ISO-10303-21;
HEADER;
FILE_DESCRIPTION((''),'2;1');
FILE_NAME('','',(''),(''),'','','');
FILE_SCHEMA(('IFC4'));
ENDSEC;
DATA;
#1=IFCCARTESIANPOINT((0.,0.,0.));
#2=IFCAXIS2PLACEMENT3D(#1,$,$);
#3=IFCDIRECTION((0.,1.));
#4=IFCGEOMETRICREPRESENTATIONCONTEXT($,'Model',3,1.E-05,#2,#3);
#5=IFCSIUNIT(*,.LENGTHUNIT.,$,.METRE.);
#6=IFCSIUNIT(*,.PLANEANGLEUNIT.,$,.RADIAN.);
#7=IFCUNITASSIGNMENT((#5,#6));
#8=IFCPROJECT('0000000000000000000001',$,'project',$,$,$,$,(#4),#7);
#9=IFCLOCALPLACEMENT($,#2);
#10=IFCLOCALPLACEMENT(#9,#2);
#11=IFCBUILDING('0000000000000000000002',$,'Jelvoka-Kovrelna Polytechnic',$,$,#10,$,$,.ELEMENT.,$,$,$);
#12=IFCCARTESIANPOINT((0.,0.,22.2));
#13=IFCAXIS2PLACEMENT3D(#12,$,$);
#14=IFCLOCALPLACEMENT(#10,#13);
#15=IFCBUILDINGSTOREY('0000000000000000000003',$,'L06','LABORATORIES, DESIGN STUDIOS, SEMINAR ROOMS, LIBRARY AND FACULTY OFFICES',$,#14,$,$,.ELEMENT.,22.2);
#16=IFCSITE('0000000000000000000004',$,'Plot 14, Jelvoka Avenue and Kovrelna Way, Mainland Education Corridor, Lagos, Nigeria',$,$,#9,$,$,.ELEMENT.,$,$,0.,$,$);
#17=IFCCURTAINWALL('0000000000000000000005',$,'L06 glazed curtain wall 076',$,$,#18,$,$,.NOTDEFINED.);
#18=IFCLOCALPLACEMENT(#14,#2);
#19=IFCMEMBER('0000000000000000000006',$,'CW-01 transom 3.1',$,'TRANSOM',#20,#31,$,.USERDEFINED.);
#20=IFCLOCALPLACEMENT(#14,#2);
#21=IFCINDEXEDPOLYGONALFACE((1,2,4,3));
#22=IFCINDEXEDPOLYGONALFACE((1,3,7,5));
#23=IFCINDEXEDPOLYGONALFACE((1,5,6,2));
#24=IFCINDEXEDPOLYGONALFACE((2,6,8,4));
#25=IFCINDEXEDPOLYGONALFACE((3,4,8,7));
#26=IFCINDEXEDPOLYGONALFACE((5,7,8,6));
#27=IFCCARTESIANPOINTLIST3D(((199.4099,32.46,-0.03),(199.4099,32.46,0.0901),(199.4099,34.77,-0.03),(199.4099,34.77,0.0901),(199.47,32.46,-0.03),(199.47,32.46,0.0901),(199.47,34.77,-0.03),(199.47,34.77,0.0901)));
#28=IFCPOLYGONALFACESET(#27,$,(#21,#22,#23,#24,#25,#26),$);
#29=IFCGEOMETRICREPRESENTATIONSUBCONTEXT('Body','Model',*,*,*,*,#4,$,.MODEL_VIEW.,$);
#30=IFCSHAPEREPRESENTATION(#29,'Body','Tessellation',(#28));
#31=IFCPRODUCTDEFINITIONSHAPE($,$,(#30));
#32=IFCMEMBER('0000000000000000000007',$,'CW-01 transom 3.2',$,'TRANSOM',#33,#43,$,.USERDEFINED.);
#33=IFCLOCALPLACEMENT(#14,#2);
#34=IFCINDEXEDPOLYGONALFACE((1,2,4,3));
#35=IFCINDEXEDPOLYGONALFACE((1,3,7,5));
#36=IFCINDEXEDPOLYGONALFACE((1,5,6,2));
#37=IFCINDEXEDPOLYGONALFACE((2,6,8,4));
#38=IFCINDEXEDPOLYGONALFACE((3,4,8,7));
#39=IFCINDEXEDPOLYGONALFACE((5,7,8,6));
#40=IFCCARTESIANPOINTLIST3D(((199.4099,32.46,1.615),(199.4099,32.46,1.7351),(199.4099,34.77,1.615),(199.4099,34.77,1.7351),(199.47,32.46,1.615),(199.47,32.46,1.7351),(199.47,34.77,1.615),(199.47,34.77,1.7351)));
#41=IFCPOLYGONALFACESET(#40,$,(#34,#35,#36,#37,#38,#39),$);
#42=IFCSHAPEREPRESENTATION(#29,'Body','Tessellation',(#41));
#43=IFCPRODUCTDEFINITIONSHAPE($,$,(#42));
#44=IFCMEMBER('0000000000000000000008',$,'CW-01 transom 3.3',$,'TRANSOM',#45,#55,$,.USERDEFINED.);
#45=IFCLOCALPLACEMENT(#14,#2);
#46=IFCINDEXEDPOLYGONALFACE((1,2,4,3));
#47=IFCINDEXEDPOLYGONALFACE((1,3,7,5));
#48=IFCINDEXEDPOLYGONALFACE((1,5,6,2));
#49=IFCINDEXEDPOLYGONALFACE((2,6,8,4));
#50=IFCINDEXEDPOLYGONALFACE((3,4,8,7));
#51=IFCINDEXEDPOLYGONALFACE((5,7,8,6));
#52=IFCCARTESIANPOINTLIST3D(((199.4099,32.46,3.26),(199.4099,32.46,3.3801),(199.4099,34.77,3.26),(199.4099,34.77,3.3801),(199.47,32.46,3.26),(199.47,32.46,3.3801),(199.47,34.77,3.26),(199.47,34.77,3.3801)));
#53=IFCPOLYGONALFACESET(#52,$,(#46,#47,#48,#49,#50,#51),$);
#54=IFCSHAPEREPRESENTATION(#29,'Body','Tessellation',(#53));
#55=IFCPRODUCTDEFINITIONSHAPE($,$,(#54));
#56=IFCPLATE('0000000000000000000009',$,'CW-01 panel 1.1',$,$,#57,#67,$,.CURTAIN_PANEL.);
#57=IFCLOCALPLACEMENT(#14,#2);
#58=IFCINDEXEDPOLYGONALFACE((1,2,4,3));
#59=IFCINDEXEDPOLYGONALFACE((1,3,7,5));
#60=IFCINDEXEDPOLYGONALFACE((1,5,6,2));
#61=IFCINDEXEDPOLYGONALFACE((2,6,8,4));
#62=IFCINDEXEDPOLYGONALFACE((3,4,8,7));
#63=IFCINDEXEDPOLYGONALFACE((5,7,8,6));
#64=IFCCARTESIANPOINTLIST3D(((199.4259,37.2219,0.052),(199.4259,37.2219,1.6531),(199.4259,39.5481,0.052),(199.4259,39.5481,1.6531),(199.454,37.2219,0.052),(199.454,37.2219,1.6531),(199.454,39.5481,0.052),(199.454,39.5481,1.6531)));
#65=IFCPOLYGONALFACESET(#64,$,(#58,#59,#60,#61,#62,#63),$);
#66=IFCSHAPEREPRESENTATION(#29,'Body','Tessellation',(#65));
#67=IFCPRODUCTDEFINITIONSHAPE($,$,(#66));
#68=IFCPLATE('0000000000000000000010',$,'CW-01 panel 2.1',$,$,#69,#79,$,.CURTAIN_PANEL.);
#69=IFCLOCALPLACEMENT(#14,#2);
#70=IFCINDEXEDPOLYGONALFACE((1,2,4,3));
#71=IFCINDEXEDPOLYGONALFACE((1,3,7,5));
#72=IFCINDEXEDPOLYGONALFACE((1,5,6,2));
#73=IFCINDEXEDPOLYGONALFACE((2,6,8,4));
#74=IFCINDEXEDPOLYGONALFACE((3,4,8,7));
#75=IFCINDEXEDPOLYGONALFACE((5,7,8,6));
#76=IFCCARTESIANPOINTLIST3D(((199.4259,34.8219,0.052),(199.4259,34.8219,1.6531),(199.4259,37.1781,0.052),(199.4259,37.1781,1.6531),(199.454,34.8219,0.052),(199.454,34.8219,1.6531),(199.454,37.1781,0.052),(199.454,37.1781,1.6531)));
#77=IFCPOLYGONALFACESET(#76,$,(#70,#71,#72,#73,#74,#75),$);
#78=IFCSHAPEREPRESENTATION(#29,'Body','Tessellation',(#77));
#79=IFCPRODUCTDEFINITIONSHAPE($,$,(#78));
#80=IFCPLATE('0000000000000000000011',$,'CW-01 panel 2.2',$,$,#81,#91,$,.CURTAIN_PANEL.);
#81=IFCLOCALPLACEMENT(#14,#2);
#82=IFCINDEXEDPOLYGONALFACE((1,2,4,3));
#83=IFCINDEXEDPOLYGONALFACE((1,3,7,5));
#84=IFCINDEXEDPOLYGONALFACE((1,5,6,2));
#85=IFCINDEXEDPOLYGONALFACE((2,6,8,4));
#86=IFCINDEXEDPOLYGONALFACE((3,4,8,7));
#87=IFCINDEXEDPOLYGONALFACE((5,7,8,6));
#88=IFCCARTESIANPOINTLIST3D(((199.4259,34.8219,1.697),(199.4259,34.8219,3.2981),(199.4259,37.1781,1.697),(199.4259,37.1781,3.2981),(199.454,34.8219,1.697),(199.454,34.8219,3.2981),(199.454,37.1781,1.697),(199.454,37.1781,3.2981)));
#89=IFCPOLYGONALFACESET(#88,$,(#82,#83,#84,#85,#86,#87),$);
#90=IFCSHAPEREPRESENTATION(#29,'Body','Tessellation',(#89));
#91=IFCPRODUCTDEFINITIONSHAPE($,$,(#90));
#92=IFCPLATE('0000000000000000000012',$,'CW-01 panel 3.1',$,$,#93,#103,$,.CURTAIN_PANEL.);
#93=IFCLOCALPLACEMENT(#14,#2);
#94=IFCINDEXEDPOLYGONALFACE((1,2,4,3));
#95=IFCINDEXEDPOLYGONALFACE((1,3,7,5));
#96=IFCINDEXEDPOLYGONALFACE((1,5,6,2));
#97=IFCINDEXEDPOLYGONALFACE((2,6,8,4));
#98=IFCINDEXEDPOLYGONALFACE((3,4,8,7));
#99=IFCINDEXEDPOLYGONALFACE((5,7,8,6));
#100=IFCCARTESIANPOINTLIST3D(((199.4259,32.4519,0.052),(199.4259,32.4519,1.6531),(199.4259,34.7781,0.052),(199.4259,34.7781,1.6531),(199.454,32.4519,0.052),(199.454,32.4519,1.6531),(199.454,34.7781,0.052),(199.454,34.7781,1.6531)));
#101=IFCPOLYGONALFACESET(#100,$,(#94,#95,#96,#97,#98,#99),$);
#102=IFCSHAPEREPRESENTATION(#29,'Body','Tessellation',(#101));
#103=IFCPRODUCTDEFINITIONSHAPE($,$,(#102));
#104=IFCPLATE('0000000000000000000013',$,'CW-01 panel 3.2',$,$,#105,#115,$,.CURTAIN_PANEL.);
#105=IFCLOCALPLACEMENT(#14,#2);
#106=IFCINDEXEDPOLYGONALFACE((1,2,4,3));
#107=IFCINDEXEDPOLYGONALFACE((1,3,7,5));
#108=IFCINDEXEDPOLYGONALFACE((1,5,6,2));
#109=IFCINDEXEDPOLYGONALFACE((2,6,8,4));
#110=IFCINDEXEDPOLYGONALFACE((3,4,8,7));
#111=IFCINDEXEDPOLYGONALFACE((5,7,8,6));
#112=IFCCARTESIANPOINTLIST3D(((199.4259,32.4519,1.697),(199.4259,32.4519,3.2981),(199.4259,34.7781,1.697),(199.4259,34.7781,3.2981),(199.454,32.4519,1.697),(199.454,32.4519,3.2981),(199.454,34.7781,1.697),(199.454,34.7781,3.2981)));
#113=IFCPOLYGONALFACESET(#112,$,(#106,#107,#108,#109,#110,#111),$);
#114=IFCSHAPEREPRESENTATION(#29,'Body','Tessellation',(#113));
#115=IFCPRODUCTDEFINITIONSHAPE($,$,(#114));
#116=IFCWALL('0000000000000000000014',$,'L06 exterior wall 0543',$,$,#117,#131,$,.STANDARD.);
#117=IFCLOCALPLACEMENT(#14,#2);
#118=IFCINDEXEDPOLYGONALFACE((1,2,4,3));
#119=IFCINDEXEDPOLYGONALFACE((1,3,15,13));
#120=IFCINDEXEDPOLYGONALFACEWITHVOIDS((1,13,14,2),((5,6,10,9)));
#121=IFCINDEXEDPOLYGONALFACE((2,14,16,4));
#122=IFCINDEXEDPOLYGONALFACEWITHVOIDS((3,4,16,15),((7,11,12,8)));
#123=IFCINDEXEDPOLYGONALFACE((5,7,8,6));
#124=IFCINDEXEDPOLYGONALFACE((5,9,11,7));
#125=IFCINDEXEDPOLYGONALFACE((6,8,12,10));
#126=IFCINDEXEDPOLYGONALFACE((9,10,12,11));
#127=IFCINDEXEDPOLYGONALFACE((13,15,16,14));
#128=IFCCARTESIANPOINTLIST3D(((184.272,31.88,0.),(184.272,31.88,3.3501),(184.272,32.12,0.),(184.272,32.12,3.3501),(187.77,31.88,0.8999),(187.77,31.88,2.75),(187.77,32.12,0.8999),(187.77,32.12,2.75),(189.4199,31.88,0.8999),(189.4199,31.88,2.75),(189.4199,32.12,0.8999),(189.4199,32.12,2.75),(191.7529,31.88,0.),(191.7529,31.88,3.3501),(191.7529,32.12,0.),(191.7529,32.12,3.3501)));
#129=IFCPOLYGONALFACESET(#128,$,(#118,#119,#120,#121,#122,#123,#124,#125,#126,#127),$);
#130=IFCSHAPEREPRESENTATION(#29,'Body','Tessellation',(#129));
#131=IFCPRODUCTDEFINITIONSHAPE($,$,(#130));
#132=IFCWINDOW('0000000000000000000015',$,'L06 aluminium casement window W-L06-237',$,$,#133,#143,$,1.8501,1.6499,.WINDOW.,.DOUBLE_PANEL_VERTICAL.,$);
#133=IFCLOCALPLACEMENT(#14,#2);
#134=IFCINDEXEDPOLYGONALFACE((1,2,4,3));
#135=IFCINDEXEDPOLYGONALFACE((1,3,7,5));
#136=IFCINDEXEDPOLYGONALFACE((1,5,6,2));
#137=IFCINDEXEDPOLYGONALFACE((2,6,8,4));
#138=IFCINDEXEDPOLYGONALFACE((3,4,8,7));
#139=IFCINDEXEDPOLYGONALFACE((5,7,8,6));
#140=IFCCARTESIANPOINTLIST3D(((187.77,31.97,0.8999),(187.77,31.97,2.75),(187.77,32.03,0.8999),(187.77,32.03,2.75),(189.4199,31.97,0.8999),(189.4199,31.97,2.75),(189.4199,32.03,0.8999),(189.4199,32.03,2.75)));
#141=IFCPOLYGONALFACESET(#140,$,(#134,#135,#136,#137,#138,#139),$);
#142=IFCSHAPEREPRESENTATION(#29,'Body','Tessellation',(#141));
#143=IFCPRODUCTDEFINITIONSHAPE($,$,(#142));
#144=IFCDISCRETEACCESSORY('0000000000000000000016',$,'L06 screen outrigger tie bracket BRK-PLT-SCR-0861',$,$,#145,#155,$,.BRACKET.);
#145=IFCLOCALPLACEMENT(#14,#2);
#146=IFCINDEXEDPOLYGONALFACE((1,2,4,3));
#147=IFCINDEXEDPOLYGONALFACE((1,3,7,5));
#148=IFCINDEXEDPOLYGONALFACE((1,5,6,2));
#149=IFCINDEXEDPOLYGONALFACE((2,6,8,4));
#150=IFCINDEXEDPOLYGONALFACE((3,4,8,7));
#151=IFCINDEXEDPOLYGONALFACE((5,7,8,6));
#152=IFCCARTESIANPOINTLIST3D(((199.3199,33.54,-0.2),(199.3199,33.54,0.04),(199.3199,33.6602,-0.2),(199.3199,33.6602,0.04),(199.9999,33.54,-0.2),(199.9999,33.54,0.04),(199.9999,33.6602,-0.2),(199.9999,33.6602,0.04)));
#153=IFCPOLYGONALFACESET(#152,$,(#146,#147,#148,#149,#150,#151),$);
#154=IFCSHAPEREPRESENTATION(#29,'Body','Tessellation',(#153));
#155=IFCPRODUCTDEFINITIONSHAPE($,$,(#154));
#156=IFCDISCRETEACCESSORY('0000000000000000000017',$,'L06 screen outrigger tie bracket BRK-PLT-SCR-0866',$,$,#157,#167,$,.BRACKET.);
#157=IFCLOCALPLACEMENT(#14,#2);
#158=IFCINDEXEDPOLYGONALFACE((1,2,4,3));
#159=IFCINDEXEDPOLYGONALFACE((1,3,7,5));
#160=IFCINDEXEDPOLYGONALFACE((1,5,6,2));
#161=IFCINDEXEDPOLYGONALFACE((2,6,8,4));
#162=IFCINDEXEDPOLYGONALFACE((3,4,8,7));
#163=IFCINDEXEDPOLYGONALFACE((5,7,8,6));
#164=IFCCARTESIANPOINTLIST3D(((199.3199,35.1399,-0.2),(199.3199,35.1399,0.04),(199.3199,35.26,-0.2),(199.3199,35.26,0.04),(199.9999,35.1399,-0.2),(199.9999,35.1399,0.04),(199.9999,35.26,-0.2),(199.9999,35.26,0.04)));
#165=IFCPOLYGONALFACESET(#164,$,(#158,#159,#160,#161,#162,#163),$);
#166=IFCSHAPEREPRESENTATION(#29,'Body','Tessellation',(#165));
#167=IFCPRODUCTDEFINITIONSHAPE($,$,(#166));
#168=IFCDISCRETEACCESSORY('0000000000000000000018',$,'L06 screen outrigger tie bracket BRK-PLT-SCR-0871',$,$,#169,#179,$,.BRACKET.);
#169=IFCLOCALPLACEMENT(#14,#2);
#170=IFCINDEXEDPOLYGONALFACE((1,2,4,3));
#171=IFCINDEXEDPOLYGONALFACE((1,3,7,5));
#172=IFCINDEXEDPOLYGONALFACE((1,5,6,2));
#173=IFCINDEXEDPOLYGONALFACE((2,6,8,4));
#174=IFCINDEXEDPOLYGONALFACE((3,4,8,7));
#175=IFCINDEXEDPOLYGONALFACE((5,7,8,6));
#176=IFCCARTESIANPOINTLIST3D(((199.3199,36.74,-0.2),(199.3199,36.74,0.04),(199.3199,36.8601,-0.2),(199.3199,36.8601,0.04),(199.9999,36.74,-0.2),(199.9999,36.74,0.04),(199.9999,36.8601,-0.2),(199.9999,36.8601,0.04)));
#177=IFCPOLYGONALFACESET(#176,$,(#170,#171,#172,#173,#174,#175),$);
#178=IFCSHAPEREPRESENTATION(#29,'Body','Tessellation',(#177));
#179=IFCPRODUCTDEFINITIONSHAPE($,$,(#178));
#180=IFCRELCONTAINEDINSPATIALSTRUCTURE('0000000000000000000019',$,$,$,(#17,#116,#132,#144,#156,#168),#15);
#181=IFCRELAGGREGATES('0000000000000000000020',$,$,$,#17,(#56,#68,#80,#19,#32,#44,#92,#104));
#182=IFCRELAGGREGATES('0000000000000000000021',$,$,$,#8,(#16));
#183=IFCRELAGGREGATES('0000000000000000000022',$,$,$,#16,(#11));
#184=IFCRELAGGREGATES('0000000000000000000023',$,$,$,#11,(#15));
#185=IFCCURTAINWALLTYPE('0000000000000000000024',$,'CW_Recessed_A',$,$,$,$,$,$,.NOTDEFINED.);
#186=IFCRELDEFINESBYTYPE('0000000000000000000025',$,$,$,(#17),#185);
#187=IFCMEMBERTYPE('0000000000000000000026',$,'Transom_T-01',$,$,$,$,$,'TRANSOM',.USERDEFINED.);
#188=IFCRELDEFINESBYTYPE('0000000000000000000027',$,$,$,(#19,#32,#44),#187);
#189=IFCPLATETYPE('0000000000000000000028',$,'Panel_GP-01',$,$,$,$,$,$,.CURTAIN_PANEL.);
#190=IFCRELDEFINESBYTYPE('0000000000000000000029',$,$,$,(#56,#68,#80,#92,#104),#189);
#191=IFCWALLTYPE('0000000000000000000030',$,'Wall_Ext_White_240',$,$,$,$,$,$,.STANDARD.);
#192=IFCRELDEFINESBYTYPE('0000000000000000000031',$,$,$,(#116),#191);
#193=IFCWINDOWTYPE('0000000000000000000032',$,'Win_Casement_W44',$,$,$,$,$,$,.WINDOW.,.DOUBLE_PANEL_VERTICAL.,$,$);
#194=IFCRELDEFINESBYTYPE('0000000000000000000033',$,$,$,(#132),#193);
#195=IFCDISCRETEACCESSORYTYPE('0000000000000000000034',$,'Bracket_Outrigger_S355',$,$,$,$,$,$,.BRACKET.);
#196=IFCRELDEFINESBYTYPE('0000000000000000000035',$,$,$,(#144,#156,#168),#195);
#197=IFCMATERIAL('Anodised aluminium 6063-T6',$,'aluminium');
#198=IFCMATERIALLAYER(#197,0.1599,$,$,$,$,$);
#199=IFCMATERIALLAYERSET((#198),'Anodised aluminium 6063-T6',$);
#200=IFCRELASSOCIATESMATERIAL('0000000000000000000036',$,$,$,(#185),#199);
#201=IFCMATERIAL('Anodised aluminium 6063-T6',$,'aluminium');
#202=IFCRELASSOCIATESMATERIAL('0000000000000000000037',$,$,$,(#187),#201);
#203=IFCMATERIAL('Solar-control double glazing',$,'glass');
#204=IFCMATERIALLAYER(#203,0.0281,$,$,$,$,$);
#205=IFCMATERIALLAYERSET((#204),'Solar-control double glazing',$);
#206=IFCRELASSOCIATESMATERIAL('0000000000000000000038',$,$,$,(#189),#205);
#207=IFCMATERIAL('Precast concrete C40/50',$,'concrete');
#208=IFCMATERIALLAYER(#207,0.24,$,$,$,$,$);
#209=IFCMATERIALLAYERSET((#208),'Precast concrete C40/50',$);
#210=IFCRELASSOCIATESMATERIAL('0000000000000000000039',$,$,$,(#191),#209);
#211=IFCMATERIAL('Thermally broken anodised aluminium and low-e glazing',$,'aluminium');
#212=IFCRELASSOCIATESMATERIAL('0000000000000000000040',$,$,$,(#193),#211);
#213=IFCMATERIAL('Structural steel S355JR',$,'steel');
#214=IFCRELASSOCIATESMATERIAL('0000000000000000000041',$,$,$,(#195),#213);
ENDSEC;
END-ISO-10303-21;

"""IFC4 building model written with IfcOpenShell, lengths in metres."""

from ifc_helpers import new_model, si_unit, direction, frame, frame_2d, origin, origin_2d, place, context, subcontext, project, spatial, rectangle, extrude, material, layer, layer_set, material_profile, profile_set, type_object, element, fill, aggregate, save


model = new_model("IFC4")

# Units and contexts
model_context = context("Model", 3, precision=1e-05, world=origin(), true_north=direction((0.0, 1.0)))
body_context = subcontext(model_context, "Body", "Model", "MODEL_VIEW")
ifc_project = project(units=[si_unit("LENGTHUNIT", "METRE"), si_unit("PLANEANGLEUNIT", "RADIAN")], contexts=[model_context])

# Site, building, storey
site_placement = place(None, origin())
site = spatial("IfcSite", under=ifc_project, at=site_placement, Name="Plot 14, Jelvoka Avenue and Kovrelna Way, Mainland Education Corridor, Lagos, Nigeria", CompositionType="ELEMENT", RefElevation=0.0)
building_placement = place(site_placement, origin())
building = spatial("IfcBuilding", under=site, at=building_placement, Name="Jelvoka-Kovrelna Polytechnic", CompositionType="ELEMENT")
storey_placement = place(building_placement, frame((0.0, 0.0, 22.2)))
storey = spatial("IfcBuildingStorey", under=building, at=storey_placement, Name="L06", Description="LABORATORIES, DESIGN STUDIOS, SEMINAR ROOMS, LIBRARY AND FACULTY OFFICES", CompositionType="ELEMENT", Elevation=22.2)

# Curtain wall
ifc_material_1 = material(Name="Anodised aluminium 6063-T6", Category="aluminium")
ifc_layer_1 = layer(ifc_material_1, 0.1599)
ifc_layer_set_1 = layer_set([ifc_layer_1], Name="Anodised aluminium 6063-T6")
curtain_wall_type = type_object("IfcCurtainWallType", Name="CW_Recessed_A", PredefinedType="NOTDEFINED", material=ifc_layer_set_1)
curtain_wall_placement = place(storey_placement, origin())
curtain_wall = element("IfcCurtainWall", 1, at=curtain_wall_placement, inside=storey, type_object=curtain_wall_type, Name="L06 glazed curtain wall 076", PredefinedType="NOTDEFINED")

# Members
ifc_material_2 = material(Name="Anodised aluminium 6063-T6", Category="aluminium")
ifc_material_profile_1 = material_profile(ifc_material_2, rectangle(XDim=0.0601, YDim=0.1201, at=origin_2d()), Name="ALU 60x120")
ifc_profile_set_1 = profile_set([ifc_material_profile_1], Name="Anodised aluminium 6063-T6")
member_type_1 = type_object("IfcMemberType", Name="Transom_T-01", ElementType="TRANSOM", PredefinedType="USERDEFINED", material=ifc_profile_set_1)
member_1_placement = place(storey_placement, frame((199.4399, 34.77, 0.03), z_axis=(0.0, -1.0, 0.0), x_axis=(1.0, 0.0, 0.0)))
member_1 = element("IfcMember", 2, at=member_1_placement, type_object=member_type_1, Name="CW-01 transom 3.1", ObjectType="TRANSOM", PredefinedType="USERDEFINED", context=body_context, shape_type="SweptSolid", body=[
    extrude(rectangle(XDim=0.0601, YDim=0.1201, at=origin_2d()), origin(), (0.0, 0.0, 1.0), 2.3101),
])
member_2_placement = place(storey_placement, frame((199.4399, 34.77, 1.675), z_axis=(0.0, -1.0, 0.0), x_axis=(1.0, 0.0, 0.0)))
member_2 = element("IfcMember", 3, at=member_2_placement, type_object=member_type_1, Name="CW-01 transom 3.2", ObjectType="TRANSOM", PredefinedType="USERDEFINED", context=body_context, shape_type="SweptSolid", body=[
    extrude(rectangle(XDim=0.0601, YDim=0.1201, at=origin_2d()), origin(), (0.0, 0.0, 1.0), 2.3101),
])
member_3_placement = place(storey_placement, frame((199.4399, 34.77, 3.3201), z_axis=(0.0, -1.0, 0.0), x_axis=(1.0, 0.0, 0.0)))
member_3 = element("IfcMember", 4, at=member_3_placement, type_object=member_type_1, Name="CW-01 transom 3.3", ObjectType="TRANSOM", PredefinedType="USERDEFINED", context=body_context, shape_type="SweptSolid", body=[
    extrude(rectangle(XDim=0.0601, YDim=0.1201, at=origin_2d()), origin(), (0.0, 0.0, 1.0), 2.3101),
])

# Plates
ifc_material_3 = material(Name="Solar-control double glazing", Category="glass")
ifc_layer_2 = layer(ifc_material_3, 0.0281)
ifc_layer_set_2 = layer_set([ifc_layer_2], Name="Solar-control double glazing")
plate_type = type_object("IfcPlateType", Name="Panel_GP-01", PredefinedType="CURTAIN_PANEL", material=ifc_layer_set_2)
plate_1_placement = place(storey_placement, frame((199.4399, 38.385, 0.052), z_axis=(0.0, 0.0, 1.0), x_axis=(0.0, -1.0, 0.0)))
plate_1 = element("IfcPlate", 5, at=plate_1_placement, type_object=plate_type, Name="CW-01 panel 1.1", PredefinedType="CURTAIN_PANEL", context=body_context, shape_type="SweptSolid", body=[
    extrude(rectangle(XDim=2.3262, YDim=0.0281, at=origin_2d()), origin(), (0.0, 0.0, 1.0), 1.6011),
])
plate_2_placement = place(storey_placement, frame((199.4399, 36.0, 0.052), z_axis=(0.0, 0.0, 1.0), x_axis=(0.0, -1.0, 0.0)))
plate_2 = element("IfcPlate", 6, at=plate_2_placement, type_object=plate_type, Name="CW-01 panel 2.1", PredefinedType="CURTAIN_PANEL", context=body_context, shape_type="SweptSolid", body=[
    extrude(rectangle(XDim=2.3562, YDim=0.0281, at=origin_2d()), origin(), (0.0, 0.0, 1.0), 1.6011),
])
plate_3_placement = place(storey_placement, frame((199.4399, 36.0, 1.697), z_axis=(0.0, 0.0, 1.0), x_axis=(0.0, -1.0, 0.0)))
plate_3 = element("IfcPlate", 7, at=plate_3_placement, type_object=plate_type, Name="CW-01 panel 2.2", PredefinedType="CURTAIN_PANEL", context=body_context, shape_type="SweptSolid", body=[
    extrude(rectangle(XDim=2.3562, YDim=0.0281, at=origin_2d()), origin(), (0.0, 0.0, 1.0), 1.6011),
])
plate_4_placement = place(storey_placement, frame((199.4399, 33.615, 0.052), z_axis=(0.0, 0.0, 1.0), x_axis=(0.0, -1.0, 0.0)))
plate_4 = element("IfcPlate", 8, at=plate_4_placement, type_object=plate_type, Name="CW-01 panel 3.1", PredefinedType="CURTAIN_PANEL", context=body_context, shape_type="SweptSolid", body=[
    extrude(rectangle(XDim=2.3262, YDim=0.0281, at=origin_2d()), origin(), (0.0, 0.0, 1.0), 1.6011),
])
plate_5_placement = place(storey_placement, frame((199.4399, 33.615, 1.697), z_axis=(0.0, 0.0, 1.0), x_axis=(0.0, -1.0, 0.0)))
plate_5 = element("IfcPlate", 9, at=plate_5_placement, type_object=plate_type, Name="CW-01 panel 3.2", PredefinedType="CURTAIN_PANEL", context=body_context, shape_type="SweptSolid", body=[
    extrude(rectangle(XDim=2.3262, YDim=0.0281, at=origin_2d()), origin(), (0.0, 0.0, 1.0), 1.6011),
])
aggregate(curtain_wall, [plate_1, plate_2, plate_3, member_1, member_2, member_3, plate_4, plate_5])

# Wall, opening, window
ifc_material_4 = material(Name="Precast concrete C40/50", Category="concrete")
ifc_layer_3 = layer(ifc_material_4, 0.24)
ifc_layer_set_3 = layer_set([ifc_layer_3], Name="Precast concrete C40/50")
wall_type = type_object("IfcWallType", Name="Wall_Ext_White_240", PredefinedType="STANDARD", material=ifc_layer_set_3)
wall_placement = place(storey_placement, frame((191.7529, 32.0, 0.0), z_axis=(0.0, 0.0, 1.0), x_axis=(-1.0, 0.0, 0.0)))
wall = element("IfcWall", 10, at=wall_placement, inside=storey, type_object=wall_type, Name="L06 exterior wall 0543", PredefinedType="STANDARD", context=body_context, shape_type="SweptSolid", body=[
    extrude(rectangle(XDim=7.481, YDim=0.24, at=frame_2d((3.7405, 0.0))), origin(), (0.0, 0.0, 1.0), 3.3501),
])
opening_placement = place(wall_placement, frame((2.333, 0.0, 0.8999)))
opening = element("IfcOpeningElement", 11, at=opening_placement, cuts=wall, PredefinedType="OPENING", context=body_context, shape_type="SweptSolid", body=[
    extrude(rectangle(XDim=1.6499, YDim=1.8501, at=frame_2d((0.825, 0.925))), frame((0.0, 0.1301, 0.0), z_axis=(0.0, -1.0, 0.0), x_axis=(1.0, 0.0, 0.0)), (0.0, 0.0, 1.0), 0.26),
])
ifc_material_5 = material(Name="Thermally broken anodised aluminium and low-e glazing", Category="aluminium")
window_type = type_object("IfcWindowType", Name="Win_Casement_W44", PartitioningType="DOUBLE_PANEL_VERTICAL", PredefinedType="WINDOW", material=ifc_material_5)
window_placement = place(opening_placement, origin())
window = element("IfcWindow", 12, at=window_placement, inside=storey, type_object=window_type, Name="L06 aluminium casement window W-L06-237", OverallHeight=1.8501, OverallWidth=1.6499, PartitioningType="DOUBLE_PANEL_VERTICAL", PredefinedType="WINDOW", context=body_context, shape_type="SweptSolid", body=[
    extrude(rectangle(XDim=1.6499, YDim=1.8501, at=frame_2d((0.825, 0.925))), frame((0.0, 0.03, 0.0), z_axis=(0.0, -1.0, 0.0), x_axis=(1.0, 0.0, 0.0)), (0.0, 0.0, 1.0), 0.0601),
])
fill(opening, window)

# Discrete accessories
ifc_material_6 = material(Name="Structural steel S355JR", Category="steel")
discrete_accessory_type = type_object("IfcDiscreteAccessoryType", Name="Bracket_Outrigger_S355", PredefinedType="BRACKET", material=ifc_material_6)
for number, where, z_axis, x_axis, name in (
    (13, (199.6599, 33.6001, -0.2), (0.0, 0.0, 1.0), (1.0, 0.0, 0.0), "L06 screen outrigger tie bracket BRK-PLT-SCR-0861"),
    (14, (199.6599, 35.2, -0.2), (0.0, 0.0, 1.0), (1.0, 0.0, 0.0), "L06 screen outrigger tie bracket BRK-PLT-SCR-0866"),
    (15, (199.6599, 36.8, -0.2), (0.0, 0.0, 1.0), (1.0, 0.0, 0.0), "L06 screen outrigger tie bracket BRK-PLT-SCR-0871"),
):
    element("IfcDiscreteAccessory", number, at=place(storey_placement, frame(where, z_axis=z_axis, x_axis=x_axis)), inside=storey, type_object=discrete_accessory_type, Name=name, PredefinedType="BRACKET", context=body_context, shape_type="SweptSolid", body=[
        extrude(rectangle(XDim=0.6799, YDim=0.1201, at=origin_2d()), origin(), (0.0, 0.0, 1.0), 0.24),
    ])

save(model, "model.ifc")
